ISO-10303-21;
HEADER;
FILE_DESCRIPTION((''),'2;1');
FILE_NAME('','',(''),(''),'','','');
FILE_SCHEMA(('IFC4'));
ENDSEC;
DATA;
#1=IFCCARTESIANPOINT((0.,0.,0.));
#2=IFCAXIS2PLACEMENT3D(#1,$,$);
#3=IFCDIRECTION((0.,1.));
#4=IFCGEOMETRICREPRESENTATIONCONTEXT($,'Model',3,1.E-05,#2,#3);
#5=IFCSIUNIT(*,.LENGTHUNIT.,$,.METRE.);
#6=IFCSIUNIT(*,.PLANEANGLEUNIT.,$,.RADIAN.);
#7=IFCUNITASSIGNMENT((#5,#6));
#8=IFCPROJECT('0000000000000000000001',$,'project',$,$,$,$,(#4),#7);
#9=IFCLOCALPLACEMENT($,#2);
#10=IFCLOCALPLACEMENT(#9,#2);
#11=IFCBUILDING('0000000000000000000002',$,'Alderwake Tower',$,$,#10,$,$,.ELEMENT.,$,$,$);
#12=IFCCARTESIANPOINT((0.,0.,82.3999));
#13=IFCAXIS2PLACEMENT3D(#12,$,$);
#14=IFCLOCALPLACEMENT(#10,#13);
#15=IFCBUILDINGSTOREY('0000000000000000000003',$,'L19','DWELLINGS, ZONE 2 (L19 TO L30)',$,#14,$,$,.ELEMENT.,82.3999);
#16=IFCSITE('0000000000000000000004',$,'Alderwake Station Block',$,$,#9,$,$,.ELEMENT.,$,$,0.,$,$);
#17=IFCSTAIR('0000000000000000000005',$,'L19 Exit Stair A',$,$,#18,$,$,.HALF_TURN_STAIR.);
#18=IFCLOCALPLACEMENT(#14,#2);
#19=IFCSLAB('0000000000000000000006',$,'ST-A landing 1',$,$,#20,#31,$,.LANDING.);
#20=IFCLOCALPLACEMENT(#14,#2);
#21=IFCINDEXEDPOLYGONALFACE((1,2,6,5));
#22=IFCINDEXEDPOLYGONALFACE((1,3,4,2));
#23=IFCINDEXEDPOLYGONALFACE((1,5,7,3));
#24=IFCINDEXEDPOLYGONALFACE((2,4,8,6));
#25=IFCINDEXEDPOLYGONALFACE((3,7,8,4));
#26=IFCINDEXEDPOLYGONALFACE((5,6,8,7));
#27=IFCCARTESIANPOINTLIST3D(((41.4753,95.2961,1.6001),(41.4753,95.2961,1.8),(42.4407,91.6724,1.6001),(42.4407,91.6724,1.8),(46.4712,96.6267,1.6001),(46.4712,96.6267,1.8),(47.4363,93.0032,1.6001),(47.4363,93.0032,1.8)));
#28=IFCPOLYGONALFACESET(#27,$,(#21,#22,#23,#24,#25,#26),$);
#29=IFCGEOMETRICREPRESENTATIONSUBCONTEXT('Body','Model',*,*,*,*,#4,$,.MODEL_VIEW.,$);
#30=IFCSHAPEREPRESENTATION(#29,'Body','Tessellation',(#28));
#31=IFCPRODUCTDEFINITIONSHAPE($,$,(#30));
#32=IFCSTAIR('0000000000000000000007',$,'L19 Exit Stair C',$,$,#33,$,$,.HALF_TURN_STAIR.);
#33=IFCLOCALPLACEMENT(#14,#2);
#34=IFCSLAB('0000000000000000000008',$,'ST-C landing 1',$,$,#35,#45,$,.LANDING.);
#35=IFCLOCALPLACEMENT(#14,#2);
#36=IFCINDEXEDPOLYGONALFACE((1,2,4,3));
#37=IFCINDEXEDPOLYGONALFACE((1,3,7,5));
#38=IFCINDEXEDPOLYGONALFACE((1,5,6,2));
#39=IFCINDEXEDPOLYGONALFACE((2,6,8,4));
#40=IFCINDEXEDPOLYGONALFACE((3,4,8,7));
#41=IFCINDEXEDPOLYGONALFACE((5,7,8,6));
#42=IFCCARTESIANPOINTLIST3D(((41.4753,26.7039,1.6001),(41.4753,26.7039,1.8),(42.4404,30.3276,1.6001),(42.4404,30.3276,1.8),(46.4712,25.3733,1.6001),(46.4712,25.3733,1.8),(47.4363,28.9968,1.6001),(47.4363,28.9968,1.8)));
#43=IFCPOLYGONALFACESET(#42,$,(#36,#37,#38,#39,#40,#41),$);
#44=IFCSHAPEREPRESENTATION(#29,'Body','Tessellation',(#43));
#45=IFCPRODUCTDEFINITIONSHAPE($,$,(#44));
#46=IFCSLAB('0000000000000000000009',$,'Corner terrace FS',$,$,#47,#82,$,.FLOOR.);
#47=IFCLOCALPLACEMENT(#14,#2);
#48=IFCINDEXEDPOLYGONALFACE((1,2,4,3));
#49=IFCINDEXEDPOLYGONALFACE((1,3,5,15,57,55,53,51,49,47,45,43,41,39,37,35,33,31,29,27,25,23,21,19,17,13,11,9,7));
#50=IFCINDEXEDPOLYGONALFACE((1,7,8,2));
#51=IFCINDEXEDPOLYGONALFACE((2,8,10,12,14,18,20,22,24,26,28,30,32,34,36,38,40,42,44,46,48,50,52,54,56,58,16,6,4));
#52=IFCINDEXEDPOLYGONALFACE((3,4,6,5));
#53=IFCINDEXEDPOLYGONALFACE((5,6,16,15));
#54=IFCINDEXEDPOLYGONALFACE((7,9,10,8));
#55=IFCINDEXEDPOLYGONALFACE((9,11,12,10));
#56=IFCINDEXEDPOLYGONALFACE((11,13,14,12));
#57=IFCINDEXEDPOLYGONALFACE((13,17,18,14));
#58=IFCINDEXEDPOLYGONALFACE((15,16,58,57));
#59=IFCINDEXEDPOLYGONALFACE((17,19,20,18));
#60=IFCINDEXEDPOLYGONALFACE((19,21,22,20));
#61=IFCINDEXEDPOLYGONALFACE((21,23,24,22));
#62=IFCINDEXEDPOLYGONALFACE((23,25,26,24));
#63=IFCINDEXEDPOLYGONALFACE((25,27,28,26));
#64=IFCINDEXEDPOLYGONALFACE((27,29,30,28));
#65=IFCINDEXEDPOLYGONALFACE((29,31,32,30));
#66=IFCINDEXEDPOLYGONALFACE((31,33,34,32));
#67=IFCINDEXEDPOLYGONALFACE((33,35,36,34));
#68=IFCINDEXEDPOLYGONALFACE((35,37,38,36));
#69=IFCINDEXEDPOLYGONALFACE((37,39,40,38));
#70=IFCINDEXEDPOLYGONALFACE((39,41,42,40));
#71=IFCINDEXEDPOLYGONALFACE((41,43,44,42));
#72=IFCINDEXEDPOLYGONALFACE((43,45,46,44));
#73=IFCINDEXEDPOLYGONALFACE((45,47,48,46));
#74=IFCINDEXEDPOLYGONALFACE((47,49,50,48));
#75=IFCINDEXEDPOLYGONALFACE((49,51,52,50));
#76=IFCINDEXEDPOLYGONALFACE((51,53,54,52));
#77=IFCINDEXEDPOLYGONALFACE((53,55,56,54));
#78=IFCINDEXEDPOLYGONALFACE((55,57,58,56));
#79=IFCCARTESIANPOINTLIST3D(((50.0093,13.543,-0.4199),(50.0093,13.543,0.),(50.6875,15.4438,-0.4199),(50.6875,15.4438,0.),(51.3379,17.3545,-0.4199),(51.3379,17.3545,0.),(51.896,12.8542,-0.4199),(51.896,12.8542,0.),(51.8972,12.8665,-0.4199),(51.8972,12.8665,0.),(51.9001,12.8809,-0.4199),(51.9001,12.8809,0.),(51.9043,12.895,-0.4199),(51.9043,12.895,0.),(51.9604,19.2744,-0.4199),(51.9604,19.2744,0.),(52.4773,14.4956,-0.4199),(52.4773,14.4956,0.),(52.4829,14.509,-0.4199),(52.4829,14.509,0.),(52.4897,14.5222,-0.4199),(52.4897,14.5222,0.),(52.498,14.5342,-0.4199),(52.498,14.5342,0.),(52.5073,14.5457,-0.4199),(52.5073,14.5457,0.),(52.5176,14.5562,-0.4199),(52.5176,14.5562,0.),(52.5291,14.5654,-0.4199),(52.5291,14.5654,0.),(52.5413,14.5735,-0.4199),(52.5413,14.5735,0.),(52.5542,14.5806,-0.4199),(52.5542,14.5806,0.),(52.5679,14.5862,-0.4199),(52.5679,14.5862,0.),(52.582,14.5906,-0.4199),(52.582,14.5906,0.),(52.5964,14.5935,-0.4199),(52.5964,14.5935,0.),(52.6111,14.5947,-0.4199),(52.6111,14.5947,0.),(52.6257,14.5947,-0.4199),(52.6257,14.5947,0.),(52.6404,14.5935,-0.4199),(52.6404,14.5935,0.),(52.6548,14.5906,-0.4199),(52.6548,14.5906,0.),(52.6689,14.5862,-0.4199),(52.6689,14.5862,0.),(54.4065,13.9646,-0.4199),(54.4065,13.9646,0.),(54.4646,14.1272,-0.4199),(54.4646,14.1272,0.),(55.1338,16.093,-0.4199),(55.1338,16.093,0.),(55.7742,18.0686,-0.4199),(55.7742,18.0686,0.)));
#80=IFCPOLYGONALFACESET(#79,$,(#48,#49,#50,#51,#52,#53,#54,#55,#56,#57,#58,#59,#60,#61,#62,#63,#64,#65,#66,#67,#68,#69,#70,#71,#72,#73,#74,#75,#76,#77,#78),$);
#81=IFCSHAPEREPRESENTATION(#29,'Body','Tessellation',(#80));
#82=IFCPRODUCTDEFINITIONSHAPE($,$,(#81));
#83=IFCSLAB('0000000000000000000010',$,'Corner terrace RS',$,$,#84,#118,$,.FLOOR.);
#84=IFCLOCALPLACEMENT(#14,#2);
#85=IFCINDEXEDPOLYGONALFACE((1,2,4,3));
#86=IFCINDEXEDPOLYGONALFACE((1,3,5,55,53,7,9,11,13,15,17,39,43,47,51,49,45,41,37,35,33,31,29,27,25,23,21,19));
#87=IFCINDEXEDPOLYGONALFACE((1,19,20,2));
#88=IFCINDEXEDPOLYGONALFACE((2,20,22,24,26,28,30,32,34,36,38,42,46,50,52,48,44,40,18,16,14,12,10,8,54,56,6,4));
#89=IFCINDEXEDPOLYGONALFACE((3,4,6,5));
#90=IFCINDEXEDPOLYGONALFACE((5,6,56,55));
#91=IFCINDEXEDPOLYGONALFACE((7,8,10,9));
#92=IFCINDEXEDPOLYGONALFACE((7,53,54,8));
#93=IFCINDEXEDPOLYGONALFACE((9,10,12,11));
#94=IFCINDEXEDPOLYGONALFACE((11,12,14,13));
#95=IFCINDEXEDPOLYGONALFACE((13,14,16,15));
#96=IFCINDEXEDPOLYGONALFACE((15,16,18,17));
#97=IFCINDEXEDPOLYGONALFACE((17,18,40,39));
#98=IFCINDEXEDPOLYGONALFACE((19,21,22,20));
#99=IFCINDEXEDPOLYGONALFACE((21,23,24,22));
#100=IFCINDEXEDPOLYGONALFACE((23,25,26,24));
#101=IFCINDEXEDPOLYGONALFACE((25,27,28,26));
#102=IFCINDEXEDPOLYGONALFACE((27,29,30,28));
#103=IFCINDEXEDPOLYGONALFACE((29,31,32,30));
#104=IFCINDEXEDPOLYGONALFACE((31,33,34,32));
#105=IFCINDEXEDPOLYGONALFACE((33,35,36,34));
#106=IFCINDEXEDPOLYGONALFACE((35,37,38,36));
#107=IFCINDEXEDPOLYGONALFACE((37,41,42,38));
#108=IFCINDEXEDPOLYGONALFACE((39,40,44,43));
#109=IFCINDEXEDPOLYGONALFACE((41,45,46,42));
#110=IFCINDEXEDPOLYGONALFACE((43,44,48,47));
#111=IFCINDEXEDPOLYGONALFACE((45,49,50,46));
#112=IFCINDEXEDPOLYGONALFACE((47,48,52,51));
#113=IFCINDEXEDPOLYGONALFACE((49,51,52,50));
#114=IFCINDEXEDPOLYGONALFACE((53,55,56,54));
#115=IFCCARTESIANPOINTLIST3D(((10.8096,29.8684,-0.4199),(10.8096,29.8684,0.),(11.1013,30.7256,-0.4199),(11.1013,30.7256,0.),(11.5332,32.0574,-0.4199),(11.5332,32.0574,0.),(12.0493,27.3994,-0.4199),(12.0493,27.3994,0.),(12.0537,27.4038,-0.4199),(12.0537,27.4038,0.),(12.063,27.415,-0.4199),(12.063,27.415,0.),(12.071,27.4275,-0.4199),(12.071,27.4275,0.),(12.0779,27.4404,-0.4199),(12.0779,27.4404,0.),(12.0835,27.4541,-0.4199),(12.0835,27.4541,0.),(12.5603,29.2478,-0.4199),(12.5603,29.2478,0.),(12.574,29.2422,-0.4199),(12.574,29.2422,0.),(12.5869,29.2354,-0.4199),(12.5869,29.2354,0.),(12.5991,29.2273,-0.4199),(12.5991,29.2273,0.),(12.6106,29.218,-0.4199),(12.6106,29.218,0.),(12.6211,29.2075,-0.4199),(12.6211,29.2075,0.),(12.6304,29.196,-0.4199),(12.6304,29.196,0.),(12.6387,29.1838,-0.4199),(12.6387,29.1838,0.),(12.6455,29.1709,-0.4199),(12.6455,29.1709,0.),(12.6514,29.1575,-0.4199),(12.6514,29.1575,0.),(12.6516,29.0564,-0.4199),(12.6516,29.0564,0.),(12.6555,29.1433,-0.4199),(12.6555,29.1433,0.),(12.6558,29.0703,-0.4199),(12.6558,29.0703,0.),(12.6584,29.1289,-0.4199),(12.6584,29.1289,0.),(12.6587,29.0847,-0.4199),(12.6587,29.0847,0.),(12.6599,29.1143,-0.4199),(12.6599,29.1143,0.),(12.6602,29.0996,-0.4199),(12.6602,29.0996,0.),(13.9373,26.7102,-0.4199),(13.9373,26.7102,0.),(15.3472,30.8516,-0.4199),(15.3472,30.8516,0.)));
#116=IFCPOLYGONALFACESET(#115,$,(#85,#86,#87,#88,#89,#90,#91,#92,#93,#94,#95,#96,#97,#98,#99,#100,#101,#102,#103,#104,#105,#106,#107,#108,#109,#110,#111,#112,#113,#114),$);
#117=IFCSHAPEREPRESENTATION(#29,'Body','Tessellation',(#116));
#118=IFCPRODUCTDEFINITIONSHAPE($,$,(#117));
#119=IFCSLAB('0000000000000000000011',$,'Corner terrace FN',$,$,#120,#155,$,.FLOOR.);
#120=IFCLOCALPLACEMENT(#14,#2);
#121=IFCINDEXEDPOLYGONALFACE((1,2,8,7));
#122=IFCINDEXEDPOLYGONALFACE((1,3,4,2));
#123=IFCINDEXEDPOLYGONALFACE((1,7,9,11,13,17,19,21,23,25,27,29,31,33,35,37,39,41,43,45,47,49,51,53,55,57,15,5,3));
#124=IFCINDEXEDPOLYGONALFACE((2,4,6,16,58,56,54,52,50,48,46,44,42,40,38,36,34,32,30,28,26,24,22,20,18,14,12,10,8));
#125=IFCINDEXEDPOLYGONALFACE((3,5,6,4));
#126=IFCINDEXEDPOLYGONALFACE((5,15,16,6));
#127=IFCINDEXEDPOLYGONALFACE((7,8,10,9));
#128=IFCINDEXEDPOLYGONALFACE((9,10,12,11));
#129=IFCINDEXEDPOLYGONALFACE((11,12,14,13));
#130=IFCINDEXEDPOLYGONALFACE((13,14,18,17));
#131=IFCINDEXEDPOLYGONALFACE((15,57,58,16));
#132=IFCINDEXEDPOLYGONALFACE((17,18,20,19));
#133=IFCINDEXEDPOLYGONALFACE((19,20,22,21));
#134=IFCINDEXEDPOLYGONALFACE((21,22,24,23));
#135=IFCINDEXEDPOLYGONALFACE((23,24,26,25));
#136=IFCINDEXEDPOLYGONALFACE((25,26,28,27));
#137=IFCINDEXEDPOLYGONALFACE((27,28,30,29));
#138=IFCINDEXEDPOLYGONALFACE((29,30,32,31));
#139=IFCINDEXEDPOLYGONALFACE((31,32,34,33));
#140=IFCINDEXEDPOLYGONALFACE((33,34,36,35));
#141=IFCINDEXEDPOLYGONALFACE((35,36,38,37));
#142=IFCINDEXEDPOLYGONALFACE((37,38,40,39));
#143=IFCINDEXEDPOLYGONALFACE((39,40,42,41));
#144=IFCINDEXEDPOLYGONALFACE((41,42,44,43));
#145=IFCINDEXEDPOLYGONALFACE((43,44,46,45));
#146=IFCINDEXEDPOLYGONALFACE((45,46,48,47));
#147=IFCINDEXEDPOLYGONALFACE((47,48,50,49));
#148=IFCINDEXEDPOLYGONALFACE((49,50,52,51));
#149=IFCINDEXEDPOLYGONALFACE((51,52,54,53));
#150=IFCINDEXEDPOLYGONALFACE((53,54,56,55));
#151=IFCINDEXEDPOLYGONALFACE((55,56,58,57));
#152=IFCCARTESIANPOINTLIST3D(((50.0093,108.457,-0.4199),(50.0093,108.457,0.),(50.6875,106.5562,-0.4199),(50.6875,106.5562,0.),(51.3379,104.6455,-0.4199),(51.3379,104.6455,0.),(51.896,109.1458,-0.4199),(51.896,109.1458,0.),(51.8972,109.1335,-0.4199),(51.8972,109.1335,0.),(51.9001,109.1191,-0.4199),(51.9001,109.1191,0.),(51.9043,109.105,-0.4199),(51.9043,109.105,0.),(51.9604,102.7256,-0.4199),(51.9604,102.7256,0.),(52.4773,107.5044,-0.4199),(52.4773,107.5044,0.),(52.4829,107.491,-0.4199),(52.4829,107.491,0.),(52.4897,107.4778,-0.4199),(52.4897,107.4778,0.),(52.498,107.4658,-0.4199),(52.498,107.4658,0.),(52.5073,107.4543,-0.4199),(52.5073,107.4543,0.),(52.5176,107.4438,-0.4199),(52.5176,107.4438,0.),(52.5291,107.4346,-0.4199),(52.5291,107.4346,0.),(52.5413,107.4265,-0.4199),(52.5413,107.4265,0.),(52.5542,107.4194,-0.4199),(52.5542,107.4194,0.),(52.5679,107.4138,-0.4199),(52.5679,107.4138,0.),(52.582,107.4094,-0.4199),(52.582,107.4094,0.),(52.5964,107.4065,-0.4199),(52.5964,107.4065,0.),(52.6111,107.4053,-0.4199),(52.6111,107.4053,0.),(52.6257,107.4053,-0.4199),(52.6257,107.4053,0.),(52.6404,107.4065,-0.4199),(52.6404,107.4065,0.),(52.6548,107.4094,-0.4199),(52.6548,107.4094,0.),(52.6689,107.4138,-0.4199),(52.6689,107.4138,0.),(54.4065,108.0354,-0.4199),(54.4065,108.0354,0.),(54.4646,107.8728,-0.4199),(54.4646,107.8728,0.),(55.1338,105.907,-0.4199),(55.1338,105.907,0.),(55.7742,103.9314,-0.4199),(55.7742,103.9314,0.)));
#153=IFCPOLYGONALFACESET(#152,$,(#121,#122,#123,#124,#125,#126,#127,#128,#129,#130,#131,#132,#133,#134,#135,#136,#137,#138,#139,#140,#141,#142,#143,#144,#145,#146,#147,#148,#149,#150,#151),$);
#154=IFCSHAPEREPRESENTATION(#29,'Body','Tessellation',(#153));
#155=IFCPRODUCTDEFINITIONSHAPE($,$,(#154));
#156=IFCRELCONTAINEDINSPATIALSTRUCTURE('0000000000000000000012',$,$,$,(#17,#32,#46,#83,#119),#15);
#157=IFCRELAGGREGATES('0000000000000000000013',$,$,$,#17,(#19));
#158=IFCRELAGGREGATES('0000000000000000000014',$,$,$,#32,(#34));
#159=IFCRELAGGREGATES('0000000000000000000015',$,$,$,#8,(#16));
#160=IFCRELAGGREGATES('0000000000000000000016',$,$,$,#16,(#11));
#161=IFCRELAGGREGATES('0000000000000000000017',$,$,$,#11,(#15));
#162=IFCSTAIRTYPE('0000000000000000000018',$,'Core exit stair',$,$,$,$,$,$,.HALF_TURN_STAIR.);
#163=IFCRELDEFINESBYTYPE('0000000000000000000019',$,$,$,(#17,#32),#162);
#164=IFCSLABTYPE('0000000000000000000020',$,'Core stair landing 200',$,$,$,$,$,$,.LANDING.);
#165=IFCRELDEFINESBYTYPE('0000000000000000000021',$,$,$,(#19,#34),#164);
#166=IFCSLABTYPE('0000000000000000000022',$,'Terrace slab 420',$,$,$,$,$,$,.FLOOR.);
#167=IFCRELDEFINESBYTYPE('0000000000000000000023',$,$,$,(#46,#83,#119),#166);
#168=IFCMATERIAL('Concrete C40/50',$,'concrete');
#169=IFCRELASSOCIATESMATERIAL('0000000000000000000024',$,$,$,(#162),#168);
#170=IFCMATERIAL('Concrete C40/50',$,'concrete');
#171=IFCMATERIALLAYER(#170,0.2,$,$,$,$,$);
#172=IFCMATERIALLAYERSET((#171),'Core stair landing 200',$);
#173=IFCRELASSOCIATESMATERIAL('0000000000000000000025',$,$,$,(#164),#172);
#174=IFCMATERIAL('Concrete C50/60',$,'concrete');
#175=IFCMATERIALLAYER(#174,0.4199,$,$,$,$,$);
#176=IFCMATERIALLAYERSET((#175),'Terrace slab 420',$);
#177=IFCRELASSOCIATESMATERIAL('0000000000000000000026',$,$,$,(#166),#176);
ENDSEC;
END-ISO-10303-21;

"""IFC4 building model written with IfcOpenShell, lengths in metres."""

from ifc_helpers import new_model, si_unit, direction, frame, origin, place, context, subcontext, project, spatial, polyline, outline, extrude, material, layer, layer_set, type_object, element, aggregate, save


model = new_model("IFC4")

# Units and contexts
model_context = context("Model", 3, precision=1e-05, world=origin(), true_north=direction((0.0, 1.0)))
body_context = subcontext(model_context, "Body", "Model", "MODEL_VIEW")
ifc_project = project(units=[si_unit("LENGTHUNIT", "METRE"), si_unit("PLANEANGLEUNIT", "RADIAN")], contexts=[model_context])

# Site, building, storey
site_placement = place(None, origin())
site = spatial("IfcSite", under=ifc_project, at=site_placement, Name="Alderwake Station Block", CompositionType="ELEMENT", RefElevation=0.0)
building_placement = place(site_placement, origin())
building = spatial("IfcBuilding", under=site, at=building_placement, Name="Alderwake Tower", CompositionType="ELEMENT")
storey_placement = place(building_placement, frame((0.0, 0.0, 82.3999)))
storey = spatial("IfcBuildingStorey", under=building, at=storey_placement, Name="L19", Description="DWELLINGS, ZONE 2 (L19 TO L30)", CompositionType="ELEMENT", Elevation=82.3999)

# Stairs, slabs
ifc_material_1 = material(Name="Concrete C40/50", Category="concrete")
stair_type = type_object("IfcStairType", Name="Core exit stair", PredefinedType="HALF_TURN_STAIR", material=ifc_material_1)
ifc_material_2 = material(Name="Concrete C40/50", Category="concrete")
ifc_layer_1 = layer(ifc_material_2, 0.2)
ifc_layer_set_1 = layer_set([ifc_layer_1], Name="Core stair landing 200")
slab_type_1 = type_object("IfcSlabType", Name="Core stair landing 200", PredefinedType="LANDING", material=ifc_layer_set_1)
stair_1_placement = place(storey_placement, origin())
stair_1 = element("IfcStair", 1, at=stair_1_placement, inside=storey, type_object=stair_type, Name="L19 Exit Stair A", PredefinedType="HALF_TURN_STAIR")
slab_1_placement = place(storey_placement, frame((0.0, 0.0, 1.6001)))
slab_1 = element("IfcSlab", 2, at=slab_1_placement, type_object=slab_type_1, Name="ST-A landing 1", PredefinedType="LANDING", context=body_context, shape_type="SweptSolid", body=[
    extrude(outline(polyline([(42.4407, 91.6724), (47.4363, 93.0032), (46.4712, 96.6267), (41.4753, 95.2961), (42.4407, 91.6724)])), origin(), (0.0, 0.0, 1.0), 0.2),
])
aggregate(stair_1, [slab_1])
stair_2_placement = place(storey_placement, origin())
stair_2 = element("IfcStair", 3, at=stair_2_placement, inside=storey, type_object=stair_type, Name="L19 Exit Stair C", PredefinedType="HALF_TURN_STAIR")
slab_2_placement = place(storey_placement, frame((0.0, 0.0, 1.6001)))
slab_2 = element("IfcSlab", 4, at=slab_2_placement, type_object=slab_type_1, Name="ST-C landing 1", PredefinedType="LANDING", context=body_context, shape_type="SweptSolid", body=[
    extrude(outline(polyline([(41.4753, 26.7039), (46.4712, 25.3733), (47.4363, 28.9968), (42.4404, 30.3276), (41.4753, 26.7039)])), origin(), (0.0, 0.0, 1.0), 0.2),
])
aggregate(stair_2, [slab_2])

# Slabs
ifc_material_3 = material(Name="Concrete C50/60", Category="concrete")
ifc_layer_2 = layer(ifc_material_3, 0.4199)
ifc_layer_set_2 = layer_set([ifc_layer_2], Name="Terrace slab 420")
slab_type_2 = type_object("IfcSlabType", Name="Terrace slab 420", PredefinedType="FLOOR", material=ifc_layer_set_2)
slab_3_placement = place(storey_placement, frame((0.0, 0.0, -0.4199)))
element("IfcSlab", 5, at=slab_3_placement, inside=storey, type_object=slab_type_2, Name="Corner terrace FS", PredefinedType="FLOOR", context=body_context, shape_type="SweptSolid", body=[
    extrude(outline(polyline([(54.4646, 14.1272), (54.4065, 13.9646), (52.6689, 14.5862), (52.6548, 14.5906), (52.6404, 14.5935), (52.6257, 14.5947), (52.6111, 14.5947), (52.5964, 14.5935), (52.582, 14.5906), (52.5679, 14.5862), (52.5542, 14.5806), (52.5413, 14.5735), (52.5291, 14.5654), (52.5176, 14.5562), (52.5073, 14.5457), (52.498, 14.5342), (52.4897, 14.5222), (52.4829, 14.509), (52.4773, 14.4956), (51.9043, 12.895), (51.9001, 12.8809), (51.8972, 12.8665), (51.896, 12.8542), (50.0093, 13.543), (50.6875, 15.4438), (51.3379, 17.3545), (51.9604, 19.2744), (55.7742, 18.0686), (55.1338, 16.093), (54.4646, 14.1272)])), origin(), (0.0, 0.0, 1.0), 0.4199),
])
slab_4_placement = place(storey_placement, frame((0.0, 0.0, -0.4199)))
element("IfcSlab", 6, at=slab_4_placement, inside=storey, type_object=slab_type_2, Name="Corner terrace RS", PredefinedType="FLOOR", context=body_context, shape_type="SweptSolid", body=[
    extrude(outline(polyline([(13.9373, 26.7102), (12.0493, 27.3994), (12.0537, 27.4038), (12.063, 27.415), (12.071, 27.4275), (12.0779, 27.4404), (12.0835, 27.4541), (12.6516, 29.0564), (12.6558, 29.0703), (12.6587, 29.0847), (12.6602, 29.0996), (12.6599, 29.1143), (12.6584, 29.1289), (12.6555, 29.1433), (12.6514, 29.1575), (12.6455, 29.1709), (12.6387, 29.1838), (12.6304, 29.196), (12.6211, 29.2075), (12.6106, 29.218), (12.5991, 29.2273), (12.5869, 29.2354), (12.574, 29.2422), (12.5603, 29.2478), (10.8096, 29.8684), (11.1013, 30.7256), (11.5332, 32.0574), (15.3472, 30.8516), (13.9373, 26.7102)])), origin(), (0.0, 0.0, 1.0), 0.4199),
])
slab_5_placement = place(storey_placement, frame((0.0, 0.0, -0.4199)))
element("IfcSlab", 7, at=slab_5_placement, inside=storey, type_object=slab_type_2, Name="Corner terrace FN", PredefinedType="FLOOR", context=body_context, shape_type="SweptSolid", body=[
    extrude(outline(polyline([(54.4646, 107.8728), (55.1338, 105.907), (55.7742, 103.9314), (51.9604, 102.7256), (51.3379, 104.6455), (50.6875, 106.5562), (50.0093, 108.457), (51.896, 109.1458), (51.8972, 109.1335), (51.9001, 109.1191), (51.9043, 109.105), (52.4773, 107.5044), (52.4829, 107.491), (52.4897, 107.4778), (52.498, 107.4658), (52.5073, 107.4543), (52.5176, 107.4438), (52.5291, 107.4346), (52.5413, 107.4265), (52.5542, 107.4194), (52.5679, 107.4138), (52.582, 107.4094), (52.5964, 107.4065), (52.6111, 107.4053), (52.6257, 107.4053), (52.6404, 107.4065), (52.6548, 107.4094), (52.6689, 107.4138), (54.4065, 108.0354), (54.4646, 107.8728)])), origin(), (0.0, 0.0, 1.0), 0.4199),
])

save(model, "model.ifc")
